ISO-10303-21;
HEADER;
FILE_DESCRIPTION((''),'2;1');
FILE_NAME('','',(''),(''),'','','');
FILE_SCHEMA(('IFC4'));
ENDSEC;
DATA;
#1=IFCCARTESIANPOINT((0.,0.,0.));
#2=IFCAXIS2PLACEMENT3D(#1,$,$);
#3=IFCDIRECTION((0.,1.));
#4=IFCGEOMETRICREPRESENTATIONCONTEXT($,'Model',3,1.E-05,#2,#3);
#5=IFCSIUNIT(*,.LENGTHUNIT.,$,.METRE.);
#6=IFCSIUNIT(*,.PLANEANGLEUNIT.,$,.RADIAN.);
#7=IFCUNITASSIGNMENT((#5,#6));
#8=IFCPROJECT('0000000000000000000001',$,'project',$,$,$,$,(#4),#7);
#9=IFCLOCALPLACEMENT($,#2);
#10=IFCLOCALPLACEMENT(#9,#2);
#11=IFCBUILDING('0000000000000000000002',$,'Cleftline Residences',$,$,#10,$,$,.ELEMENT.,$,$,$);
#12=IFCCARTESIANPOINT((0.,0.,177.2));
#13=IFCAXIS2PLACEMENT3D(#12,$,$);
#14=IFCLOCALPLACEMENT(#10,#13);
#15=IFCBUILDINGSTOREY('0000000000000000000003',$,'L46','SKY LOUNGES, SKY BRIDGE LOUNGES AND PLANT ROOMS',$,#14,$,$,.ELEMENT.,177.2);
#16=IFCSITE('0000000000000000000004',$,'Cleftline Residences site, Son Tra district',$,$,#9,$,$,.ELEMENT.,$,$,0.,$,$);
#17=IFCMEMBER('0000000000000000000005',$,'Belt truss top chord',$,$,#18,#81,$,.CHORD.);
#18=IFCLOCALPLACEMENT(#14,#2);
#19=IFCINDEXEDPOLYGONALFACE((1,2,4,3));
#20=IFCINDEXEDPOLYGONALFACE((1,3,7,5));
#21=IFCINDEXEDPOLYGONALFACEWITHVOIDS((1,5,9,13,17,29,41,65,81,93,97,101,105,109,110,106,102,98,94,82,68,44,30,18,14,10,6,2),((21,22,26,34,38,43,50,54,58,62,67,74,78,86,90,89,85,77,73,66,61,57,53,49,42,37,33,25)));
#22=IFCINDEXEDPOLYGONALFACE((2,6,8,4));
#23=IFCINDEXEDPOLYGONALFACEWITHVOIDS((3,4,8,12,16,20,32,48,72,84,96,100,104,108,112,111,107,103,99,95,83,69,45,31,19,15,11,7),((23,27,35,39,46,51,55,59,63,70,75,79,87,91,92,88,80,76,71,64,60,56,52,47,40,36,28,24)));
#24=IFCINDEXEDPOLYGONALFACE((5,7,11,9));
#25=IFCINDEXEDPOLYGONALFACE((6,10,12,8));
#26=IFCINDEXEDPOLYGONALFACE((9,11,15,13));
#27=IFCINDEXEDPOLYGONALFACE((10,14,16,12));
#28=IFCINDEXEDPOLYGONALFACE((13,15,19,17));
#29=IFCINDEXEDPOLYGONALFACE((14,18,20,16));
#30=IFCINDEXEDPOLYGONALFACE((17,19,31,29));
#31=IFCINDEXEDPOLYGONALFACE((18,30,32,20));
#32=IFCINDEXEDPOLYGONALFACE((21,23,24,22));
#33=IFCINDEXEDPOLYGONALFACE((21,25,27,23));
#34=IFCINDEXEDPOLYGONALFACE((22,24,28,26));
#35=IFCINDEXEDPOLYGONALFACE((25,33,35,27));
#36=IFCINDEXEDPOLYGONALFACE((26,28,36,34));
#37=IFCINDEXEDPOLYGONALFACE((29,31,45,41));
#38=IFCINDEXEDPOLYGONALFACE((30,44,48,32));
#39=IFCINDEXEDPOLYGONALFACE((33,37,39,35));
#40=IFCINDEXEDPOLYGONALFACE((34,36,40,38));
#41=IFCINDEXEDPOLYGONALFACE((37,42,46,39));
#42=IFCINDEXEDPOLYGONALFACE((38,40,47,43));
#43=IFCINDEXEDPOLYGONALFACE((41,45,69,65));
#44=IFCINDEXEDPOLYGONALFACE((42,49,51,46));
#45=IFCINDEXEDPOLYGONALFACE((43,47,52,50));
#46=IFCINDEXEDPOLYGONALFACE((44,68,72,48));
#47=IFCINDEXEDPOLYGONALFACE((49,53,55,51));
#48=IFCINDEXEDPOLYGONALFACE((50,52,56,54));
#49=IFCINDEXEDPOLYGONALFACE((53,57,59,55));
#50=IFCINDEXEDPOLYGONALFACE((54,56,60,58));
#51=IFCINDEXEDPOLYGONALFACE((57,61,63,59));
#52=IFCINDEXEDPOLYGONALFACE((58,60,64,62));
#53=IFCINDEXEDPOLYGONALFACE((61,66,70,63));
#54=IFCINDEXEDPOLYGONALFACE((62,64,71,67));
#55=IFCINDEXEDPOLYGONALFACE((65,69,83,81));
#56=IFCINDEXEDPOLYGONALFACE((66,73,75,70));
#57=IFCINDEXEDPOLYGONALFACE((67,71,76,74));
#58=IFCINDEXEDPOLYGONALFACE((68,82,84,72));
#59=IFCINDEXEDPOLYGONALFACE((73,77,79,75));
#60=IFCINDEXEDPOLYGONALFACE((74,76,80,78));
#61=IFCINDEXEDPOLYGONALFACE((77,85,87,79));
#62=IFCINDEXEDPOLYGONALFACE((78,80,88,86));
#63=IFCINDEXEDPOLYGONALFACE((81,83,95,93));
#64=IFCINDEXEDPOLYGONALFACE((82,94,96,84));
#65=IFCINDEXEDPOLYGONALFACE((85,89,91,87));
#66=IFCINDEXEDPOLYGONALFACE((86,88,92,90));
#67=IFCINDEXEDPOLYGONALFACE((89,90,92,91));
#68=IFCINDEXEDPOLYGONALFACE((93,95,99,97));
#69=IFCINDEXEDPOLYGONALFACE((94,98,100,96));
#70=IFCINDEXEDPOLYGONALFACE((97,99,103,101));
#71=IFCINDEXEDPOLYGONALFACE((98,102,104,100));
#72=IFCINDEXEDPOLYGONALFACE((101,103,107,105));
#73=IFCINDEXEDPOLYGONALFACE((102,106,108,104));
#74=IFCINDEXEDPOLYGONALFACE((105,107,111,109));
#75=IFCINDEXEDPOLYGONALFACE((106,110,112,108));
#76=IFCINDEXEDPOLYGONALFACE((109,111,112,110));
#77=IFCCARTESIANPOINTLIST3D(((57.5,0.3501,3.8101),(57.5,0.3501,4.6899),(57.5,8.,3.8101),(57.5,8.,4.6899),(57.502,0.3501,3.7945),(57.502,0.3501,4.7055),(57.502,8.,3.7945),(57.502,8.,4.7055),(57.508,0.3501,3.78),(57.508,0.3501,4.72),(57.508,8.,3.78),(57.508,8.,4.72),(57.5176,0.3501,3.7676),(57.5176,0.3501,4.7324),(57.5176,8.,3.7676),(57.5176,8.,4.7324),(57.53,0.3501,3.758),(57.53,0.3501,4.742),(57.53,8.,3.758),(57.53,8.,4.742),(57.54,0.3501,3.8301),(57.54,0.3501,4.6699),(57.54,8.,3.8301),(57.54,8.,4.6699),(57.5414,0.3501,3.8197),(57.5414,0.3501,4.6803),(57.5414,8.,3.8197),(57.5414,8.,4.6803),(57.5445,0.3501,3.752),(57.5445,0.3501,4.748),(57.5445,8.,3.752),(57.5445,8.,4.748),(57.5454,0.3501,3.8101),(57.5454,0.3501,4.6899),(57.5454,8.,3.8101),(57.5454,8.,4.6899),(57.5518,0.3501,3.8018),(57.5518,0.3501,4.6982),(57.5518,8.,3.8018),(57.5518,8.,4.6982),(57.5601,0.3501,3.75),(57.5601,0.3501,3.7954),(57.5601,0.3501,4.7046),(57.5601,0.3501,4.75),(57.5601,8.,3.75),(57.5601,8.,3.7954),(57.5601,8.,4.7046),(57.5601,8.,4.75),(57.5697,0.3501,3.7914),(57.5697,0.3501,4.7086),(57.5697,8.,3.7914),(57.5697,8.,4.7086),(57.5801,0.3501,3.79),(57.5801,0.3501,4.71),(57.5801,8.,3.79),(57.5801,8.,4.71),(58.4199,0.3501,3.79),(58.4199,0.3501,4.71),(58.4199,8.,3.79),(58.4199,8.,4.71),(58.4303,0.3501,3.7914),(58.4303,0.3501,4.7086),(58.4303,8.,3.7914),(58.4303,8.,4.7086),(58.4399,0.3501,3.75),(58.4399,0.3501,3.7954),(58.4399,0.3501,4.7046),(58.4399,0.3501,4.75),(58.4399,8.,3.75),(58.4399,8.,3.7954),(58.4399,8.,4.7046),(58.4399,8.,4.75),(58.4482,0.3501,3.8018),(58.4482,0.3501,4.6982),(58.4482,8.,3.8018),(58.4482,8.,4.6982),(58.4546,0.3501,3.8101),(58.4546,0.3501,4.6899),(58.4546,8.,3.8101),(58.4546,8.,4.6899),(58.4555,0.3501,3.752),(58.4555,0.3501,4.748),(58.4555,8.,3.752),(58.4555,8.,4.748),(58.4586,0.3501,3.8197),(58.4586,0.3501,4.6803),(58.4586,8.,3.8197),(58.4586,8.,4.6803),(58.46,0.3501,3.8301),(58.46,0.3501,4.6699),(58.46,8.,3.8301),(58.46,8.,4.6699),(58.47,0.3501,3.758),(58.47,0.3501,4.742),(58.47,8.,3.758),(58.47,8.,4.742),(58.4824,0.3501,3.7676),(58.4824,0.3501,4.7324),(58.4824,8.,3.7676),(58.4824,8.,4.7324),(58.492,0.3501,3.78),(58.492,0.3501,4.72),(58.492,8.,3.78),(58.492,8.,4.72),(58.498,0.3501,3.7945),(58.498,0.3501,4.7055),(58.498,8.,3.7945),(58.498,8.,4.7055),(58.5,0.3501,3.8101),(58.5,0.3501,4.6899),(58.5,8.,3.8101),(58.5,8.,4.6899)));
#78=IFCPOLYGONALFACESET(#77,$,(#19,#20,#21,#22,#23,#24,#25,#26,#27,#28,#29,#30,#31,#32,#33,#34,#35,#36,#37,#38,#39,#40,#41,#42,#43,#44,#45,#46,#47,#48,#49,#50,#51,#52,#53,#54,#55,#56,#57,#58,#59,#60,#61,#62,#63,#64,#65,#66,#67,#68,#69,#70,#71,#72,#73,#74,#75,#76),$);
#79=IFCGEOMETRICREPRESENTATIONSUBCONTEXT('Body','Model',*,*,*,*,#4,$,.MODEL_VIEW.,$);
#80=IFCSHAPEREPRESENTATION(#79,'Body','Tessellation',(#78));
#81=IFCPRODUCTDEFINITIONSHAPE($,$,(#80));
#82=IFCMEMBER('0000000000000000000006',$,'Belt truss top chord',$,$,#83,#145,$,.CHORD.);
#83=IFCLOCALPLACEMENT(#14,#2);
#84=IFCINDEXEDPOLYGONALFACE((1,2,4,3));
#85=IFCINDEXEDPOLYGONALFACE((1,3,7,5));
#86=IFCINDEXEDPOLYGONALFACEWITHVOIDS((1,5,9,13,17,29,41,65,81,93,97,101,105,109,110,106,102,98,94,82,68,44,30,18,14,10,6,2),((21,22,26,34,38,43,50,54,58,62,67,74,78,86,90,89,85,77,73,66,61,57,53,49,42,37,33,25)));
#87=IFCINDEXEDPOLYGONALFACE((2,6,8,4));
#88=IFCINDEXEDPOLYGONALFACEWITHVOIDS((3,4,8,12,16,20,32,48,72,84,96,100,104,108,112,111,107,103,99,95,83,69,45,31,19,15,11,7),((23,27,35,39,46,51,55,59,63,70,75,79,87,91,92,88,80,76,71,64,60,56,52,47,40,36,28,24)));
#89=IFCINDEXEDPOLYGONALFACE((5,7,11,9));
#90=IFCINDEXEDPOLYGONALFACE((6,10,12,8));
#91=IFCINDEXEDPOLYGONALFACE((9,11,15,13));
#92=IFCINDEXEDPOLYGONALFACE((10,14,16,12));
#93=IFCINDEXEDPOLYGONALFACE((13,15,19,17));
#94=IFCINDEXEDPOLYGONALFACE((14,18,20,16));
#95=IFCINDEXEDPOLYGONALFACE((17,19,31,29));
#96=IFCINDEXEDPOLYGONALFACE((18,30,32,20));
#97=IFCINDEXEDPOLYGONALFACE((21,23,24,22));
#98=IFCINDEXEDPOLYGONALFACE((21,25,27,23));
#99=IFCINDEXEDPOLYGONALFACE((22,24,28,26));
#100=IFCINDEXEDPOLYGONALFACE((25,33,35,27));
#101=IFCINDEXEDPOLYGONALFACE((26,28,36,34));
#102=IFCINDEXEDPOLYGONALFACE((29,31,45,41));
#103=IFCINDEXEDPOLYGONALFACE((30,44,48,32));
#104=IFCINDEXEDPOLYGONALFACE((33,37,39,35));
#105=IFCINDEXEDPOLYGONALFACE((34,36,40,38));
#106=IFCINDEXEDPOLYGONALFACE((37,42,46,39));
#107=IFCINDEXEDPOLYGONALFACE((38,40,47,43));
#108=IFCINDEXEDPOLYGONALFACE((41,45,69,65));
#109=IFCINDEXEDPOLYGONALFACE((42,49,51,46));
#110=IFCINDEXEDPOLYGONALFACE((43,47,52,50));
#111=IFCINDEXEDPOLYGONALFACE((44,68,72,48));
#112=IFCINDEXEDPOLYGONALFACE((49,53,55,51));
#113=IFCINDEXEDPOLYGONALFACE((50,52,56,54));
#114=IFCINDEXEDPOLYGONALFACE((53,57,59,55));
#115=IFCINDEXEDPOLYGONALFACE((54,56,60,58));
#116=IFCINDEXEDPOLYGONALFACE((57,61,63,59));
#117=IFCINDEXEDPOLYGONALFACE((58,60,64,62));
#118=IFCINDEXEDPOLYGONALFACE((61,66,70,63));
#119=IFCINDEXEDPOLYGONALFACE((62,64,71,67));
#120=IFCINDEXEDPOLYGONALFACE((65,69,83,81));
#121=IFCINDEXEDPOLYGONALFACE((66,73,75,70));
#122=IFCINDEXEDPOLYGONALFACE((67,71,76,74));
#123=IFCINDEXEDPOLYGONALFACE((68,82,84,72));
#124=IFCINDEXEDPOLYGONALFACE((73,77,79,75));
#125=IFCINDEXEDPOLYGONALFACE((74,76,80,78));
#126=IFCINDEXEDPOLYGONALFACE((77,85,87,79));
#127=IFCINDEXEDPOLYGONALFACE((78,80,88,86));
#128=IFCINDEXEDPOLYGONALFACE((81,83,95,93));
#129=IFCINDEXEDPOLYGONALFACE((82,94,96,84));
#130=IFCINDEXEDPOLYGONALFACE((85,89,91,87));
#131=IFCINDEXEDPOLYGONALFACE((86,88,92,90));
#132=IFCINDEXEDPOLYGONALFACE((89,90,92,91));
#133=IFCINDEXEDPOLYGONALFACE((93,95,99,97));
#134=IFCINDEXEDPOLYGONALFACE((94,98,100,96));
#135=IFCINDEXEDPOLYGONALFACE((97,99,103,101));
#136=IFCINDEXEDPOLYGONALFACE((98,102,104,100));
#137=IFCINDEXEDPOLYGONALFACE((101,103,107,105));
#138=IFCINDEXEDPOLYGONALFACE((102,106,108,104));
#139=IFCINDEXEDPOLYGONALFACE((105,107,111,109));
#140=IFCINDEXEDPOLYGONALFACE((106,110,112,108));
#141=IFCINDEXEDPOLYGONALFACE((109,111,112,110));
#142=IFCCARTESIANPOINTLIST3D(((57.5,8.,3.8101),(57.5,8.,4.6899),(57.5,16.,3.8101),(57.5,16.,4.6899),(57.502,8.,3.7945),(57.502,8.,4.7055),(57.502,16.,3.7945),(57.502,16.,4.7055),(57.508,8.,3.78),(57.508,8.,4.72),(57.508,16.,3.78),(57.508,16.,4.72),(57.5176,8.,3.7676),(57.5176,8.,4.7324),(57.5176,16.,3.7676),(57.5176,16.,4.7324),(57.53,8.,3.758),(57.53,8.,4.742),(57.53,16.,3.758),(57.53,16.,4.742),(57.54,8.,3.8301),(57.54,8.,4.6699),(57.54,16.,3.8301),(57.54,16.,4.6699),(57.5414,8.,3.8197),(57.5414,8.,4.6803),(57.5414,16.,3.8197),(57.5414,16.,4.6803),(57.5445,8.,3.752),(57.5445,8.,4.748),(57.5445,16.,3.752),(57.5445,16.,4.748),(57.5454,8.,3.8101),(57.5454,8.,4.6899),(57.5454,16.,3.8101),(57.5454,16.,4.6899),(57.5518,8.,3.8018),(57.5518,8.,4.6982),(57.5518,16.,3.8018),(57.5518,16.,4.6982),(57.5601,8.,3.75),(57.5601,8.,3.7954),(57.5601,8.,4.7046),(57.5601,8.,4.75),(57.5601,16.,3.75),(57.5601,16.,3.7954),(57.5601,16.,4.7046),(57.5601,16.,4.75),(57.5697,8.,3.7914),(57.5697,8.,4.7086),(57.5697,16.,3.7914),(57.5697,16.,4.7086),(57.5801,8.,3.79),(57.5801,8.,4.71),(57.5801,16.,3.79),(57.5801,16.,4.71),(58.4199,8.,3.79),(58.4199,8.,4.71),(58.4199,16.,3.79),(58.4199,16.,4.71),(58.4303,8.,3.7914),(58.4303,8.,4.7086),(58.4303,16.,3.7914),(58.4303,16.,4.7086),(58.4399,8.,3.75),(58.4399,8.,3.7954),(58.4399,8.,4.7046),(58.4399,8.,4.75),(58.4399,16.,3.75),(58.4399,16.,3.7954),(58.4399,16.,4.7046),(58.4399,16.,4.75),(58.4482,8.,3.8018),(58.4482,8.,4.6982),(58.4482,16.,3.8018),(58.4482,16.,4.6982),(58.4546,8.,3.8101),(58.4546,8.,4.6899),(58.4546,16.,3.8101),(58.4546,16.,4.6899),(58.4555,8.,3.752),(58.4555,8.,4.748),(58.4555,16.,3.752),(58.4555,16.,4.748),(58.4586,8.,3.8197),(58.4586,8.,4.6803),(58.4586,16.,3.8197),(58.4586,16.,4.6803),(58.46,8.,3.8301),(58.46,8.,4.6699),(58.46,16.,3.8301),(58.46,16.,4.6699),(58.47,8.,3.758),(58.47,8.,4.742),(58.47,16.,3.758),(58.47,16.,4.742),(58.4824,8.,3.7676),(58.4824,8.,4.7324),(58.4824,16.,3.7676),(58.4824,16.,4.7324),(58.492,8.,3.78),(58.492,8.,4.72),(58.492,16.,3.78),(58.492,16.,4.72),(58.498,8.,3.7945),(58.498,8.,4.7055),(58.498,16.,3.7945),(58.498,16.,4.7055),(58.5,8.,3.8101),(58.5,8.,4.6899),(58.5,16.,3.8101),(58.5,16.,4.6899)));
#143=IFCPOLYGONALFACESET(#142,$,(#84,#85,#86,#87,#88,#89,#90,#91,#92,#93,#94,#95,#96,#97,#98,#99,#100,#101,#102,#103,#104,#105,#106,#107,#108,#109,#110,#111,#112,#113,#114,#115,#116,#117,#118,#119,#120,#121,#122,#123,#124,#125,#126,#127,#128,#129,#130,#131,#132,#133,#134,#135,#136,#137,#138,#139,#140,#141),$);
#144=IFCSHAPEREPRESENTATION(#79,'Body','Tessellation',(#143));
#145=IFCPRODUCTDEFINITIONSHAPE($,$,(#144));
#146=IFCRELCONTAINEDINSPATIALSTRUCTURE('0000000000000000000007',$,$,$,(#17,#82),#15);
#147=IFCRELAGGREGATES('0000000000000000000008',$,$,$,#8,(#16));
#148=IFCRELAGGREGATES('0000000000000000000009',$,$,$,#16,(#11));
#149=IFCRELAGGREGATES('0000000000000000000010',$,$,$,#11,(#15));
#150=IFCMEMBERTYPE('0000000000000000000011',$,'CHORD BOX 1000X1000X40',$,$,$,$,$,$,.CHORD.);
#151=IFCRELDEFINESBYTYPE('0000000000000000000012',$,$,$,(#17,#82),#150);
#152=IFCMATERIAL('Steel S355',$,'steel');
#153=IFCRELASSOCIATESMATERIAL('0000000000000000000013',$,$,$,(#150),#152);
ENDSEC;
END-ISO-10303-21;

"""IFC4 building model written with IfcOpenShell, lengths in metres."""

from ifc_helpers import new_model, si_unit, direction, frame, origin, origin_2d, place, context, subcontext, project, spatial, hollow_rectangle, extrude, material, material_profile, profile_set, type_object, element, save


model = new_model("IFC4")

# Units and contexts
model_context = context("Model", 3, precision=1e-05, world=origin(), true_north=direction((0.0, 1.0)))
body_context = subcontext(model_context, "Body", "Model", "MODEL_VIEW")
ifc_project = project(units=[si_unit("LENGTHUNIT", "METRE"), si_unit("PLANEANGLEUNIT", "RADIAN")], contexts=[model_context])

# Site, building, storey
site_placement = place(None, origin())
site = spatial("IfcSite", under=ifc_project, at=site_placement, Name="Cleftline Residences site, Son Tra district", CompositionType="ELEMENT", RefElevation=0.0)
building_placement = place(site_placement, origin())
building = spatial("IfcBuilding", under=site, at=building_placement, Name="Cleftline Residences", CompositionType="ELEMENT")
storey_placement = place(building_placement, frame((0.0, 0.0, 177.2)))
storey = spatial("IfcBuildingStorey", under=building, at=storey_placement, Name="L46", Description="SKY LOUNGES, SKY BRIDGE LOUNGES AND PLANT ROOMS", CompositionType="ELEMENT", Elevation=177.2)

# Members
ifc_material_1 = material(Name="Steel S355", Category="steel")
ifc_material_profile_1 = material_profile(ifc_material_1, hollow_rectangle(XDim=1.0, YDim=1.0, WallThickness=0.04, InnerFilletRadius=0.04, OuterFilletRadius=0.0601, at=origin_2d()))
ifc_profile_set_1 = profile_set([ifc_material_profile_1], Name="Steel S355")
member_type_1 = type_object("IfcMemberType", Name="CHORD BOX 1000X1000X40", PredefinedType="CHORD", material=ifc_profile_set_1)
member_1_placement = place(storey_placement, frame((58.0, 0.3501, 4.25), z_axis=(0.0, 1.0, 0.0), x_axis=(-1.0, 0.0, 0.0)))
element("IfcMember", 1, at=member_1_placement, inside=storey, type_object=member_type_1, Name="Belt truss top chord", PredefinedType="CHORD", context=body_context, shape_type="SweptSolid", body=[
    extrude(hollow_rectangle(XDim=1.0, YDim=1.0, WallThickness=0.04, InnerFilletRadius=0.04, OuterFilletRadius=0.0601, at=origin_2d()), origin(), (0.0, 0.0, 1.0), 7.6499),
])
for number, where, z_axis, x_axis, name in (
    (2, (58.0, 8.0, 4.25), (0.0, 1.0, 0.0), (-1.0, 0.0, 0.0), "Belt truss top chord"),
):
    element("IfcMember", number, at=place(storey_placement, frame(where, z_axis=z_axis, x_axis=x_axis)), inside=storey, type_object=member_type_1, Name=name, PredefinedType="CHORD", context=body_context, shape_type="SweptSolid", body=[
        extrude(hollow_rectangle(XDim=1.0, YDim=1.0, WallThickness=0.04, InnerFilletRadius=0.04, OuterFilletRadius=0.0601, at=origin_2d()), origin(), (0.0, 0.0, 1.0), 8.0),
    ])

save(model, "model.ifc")
